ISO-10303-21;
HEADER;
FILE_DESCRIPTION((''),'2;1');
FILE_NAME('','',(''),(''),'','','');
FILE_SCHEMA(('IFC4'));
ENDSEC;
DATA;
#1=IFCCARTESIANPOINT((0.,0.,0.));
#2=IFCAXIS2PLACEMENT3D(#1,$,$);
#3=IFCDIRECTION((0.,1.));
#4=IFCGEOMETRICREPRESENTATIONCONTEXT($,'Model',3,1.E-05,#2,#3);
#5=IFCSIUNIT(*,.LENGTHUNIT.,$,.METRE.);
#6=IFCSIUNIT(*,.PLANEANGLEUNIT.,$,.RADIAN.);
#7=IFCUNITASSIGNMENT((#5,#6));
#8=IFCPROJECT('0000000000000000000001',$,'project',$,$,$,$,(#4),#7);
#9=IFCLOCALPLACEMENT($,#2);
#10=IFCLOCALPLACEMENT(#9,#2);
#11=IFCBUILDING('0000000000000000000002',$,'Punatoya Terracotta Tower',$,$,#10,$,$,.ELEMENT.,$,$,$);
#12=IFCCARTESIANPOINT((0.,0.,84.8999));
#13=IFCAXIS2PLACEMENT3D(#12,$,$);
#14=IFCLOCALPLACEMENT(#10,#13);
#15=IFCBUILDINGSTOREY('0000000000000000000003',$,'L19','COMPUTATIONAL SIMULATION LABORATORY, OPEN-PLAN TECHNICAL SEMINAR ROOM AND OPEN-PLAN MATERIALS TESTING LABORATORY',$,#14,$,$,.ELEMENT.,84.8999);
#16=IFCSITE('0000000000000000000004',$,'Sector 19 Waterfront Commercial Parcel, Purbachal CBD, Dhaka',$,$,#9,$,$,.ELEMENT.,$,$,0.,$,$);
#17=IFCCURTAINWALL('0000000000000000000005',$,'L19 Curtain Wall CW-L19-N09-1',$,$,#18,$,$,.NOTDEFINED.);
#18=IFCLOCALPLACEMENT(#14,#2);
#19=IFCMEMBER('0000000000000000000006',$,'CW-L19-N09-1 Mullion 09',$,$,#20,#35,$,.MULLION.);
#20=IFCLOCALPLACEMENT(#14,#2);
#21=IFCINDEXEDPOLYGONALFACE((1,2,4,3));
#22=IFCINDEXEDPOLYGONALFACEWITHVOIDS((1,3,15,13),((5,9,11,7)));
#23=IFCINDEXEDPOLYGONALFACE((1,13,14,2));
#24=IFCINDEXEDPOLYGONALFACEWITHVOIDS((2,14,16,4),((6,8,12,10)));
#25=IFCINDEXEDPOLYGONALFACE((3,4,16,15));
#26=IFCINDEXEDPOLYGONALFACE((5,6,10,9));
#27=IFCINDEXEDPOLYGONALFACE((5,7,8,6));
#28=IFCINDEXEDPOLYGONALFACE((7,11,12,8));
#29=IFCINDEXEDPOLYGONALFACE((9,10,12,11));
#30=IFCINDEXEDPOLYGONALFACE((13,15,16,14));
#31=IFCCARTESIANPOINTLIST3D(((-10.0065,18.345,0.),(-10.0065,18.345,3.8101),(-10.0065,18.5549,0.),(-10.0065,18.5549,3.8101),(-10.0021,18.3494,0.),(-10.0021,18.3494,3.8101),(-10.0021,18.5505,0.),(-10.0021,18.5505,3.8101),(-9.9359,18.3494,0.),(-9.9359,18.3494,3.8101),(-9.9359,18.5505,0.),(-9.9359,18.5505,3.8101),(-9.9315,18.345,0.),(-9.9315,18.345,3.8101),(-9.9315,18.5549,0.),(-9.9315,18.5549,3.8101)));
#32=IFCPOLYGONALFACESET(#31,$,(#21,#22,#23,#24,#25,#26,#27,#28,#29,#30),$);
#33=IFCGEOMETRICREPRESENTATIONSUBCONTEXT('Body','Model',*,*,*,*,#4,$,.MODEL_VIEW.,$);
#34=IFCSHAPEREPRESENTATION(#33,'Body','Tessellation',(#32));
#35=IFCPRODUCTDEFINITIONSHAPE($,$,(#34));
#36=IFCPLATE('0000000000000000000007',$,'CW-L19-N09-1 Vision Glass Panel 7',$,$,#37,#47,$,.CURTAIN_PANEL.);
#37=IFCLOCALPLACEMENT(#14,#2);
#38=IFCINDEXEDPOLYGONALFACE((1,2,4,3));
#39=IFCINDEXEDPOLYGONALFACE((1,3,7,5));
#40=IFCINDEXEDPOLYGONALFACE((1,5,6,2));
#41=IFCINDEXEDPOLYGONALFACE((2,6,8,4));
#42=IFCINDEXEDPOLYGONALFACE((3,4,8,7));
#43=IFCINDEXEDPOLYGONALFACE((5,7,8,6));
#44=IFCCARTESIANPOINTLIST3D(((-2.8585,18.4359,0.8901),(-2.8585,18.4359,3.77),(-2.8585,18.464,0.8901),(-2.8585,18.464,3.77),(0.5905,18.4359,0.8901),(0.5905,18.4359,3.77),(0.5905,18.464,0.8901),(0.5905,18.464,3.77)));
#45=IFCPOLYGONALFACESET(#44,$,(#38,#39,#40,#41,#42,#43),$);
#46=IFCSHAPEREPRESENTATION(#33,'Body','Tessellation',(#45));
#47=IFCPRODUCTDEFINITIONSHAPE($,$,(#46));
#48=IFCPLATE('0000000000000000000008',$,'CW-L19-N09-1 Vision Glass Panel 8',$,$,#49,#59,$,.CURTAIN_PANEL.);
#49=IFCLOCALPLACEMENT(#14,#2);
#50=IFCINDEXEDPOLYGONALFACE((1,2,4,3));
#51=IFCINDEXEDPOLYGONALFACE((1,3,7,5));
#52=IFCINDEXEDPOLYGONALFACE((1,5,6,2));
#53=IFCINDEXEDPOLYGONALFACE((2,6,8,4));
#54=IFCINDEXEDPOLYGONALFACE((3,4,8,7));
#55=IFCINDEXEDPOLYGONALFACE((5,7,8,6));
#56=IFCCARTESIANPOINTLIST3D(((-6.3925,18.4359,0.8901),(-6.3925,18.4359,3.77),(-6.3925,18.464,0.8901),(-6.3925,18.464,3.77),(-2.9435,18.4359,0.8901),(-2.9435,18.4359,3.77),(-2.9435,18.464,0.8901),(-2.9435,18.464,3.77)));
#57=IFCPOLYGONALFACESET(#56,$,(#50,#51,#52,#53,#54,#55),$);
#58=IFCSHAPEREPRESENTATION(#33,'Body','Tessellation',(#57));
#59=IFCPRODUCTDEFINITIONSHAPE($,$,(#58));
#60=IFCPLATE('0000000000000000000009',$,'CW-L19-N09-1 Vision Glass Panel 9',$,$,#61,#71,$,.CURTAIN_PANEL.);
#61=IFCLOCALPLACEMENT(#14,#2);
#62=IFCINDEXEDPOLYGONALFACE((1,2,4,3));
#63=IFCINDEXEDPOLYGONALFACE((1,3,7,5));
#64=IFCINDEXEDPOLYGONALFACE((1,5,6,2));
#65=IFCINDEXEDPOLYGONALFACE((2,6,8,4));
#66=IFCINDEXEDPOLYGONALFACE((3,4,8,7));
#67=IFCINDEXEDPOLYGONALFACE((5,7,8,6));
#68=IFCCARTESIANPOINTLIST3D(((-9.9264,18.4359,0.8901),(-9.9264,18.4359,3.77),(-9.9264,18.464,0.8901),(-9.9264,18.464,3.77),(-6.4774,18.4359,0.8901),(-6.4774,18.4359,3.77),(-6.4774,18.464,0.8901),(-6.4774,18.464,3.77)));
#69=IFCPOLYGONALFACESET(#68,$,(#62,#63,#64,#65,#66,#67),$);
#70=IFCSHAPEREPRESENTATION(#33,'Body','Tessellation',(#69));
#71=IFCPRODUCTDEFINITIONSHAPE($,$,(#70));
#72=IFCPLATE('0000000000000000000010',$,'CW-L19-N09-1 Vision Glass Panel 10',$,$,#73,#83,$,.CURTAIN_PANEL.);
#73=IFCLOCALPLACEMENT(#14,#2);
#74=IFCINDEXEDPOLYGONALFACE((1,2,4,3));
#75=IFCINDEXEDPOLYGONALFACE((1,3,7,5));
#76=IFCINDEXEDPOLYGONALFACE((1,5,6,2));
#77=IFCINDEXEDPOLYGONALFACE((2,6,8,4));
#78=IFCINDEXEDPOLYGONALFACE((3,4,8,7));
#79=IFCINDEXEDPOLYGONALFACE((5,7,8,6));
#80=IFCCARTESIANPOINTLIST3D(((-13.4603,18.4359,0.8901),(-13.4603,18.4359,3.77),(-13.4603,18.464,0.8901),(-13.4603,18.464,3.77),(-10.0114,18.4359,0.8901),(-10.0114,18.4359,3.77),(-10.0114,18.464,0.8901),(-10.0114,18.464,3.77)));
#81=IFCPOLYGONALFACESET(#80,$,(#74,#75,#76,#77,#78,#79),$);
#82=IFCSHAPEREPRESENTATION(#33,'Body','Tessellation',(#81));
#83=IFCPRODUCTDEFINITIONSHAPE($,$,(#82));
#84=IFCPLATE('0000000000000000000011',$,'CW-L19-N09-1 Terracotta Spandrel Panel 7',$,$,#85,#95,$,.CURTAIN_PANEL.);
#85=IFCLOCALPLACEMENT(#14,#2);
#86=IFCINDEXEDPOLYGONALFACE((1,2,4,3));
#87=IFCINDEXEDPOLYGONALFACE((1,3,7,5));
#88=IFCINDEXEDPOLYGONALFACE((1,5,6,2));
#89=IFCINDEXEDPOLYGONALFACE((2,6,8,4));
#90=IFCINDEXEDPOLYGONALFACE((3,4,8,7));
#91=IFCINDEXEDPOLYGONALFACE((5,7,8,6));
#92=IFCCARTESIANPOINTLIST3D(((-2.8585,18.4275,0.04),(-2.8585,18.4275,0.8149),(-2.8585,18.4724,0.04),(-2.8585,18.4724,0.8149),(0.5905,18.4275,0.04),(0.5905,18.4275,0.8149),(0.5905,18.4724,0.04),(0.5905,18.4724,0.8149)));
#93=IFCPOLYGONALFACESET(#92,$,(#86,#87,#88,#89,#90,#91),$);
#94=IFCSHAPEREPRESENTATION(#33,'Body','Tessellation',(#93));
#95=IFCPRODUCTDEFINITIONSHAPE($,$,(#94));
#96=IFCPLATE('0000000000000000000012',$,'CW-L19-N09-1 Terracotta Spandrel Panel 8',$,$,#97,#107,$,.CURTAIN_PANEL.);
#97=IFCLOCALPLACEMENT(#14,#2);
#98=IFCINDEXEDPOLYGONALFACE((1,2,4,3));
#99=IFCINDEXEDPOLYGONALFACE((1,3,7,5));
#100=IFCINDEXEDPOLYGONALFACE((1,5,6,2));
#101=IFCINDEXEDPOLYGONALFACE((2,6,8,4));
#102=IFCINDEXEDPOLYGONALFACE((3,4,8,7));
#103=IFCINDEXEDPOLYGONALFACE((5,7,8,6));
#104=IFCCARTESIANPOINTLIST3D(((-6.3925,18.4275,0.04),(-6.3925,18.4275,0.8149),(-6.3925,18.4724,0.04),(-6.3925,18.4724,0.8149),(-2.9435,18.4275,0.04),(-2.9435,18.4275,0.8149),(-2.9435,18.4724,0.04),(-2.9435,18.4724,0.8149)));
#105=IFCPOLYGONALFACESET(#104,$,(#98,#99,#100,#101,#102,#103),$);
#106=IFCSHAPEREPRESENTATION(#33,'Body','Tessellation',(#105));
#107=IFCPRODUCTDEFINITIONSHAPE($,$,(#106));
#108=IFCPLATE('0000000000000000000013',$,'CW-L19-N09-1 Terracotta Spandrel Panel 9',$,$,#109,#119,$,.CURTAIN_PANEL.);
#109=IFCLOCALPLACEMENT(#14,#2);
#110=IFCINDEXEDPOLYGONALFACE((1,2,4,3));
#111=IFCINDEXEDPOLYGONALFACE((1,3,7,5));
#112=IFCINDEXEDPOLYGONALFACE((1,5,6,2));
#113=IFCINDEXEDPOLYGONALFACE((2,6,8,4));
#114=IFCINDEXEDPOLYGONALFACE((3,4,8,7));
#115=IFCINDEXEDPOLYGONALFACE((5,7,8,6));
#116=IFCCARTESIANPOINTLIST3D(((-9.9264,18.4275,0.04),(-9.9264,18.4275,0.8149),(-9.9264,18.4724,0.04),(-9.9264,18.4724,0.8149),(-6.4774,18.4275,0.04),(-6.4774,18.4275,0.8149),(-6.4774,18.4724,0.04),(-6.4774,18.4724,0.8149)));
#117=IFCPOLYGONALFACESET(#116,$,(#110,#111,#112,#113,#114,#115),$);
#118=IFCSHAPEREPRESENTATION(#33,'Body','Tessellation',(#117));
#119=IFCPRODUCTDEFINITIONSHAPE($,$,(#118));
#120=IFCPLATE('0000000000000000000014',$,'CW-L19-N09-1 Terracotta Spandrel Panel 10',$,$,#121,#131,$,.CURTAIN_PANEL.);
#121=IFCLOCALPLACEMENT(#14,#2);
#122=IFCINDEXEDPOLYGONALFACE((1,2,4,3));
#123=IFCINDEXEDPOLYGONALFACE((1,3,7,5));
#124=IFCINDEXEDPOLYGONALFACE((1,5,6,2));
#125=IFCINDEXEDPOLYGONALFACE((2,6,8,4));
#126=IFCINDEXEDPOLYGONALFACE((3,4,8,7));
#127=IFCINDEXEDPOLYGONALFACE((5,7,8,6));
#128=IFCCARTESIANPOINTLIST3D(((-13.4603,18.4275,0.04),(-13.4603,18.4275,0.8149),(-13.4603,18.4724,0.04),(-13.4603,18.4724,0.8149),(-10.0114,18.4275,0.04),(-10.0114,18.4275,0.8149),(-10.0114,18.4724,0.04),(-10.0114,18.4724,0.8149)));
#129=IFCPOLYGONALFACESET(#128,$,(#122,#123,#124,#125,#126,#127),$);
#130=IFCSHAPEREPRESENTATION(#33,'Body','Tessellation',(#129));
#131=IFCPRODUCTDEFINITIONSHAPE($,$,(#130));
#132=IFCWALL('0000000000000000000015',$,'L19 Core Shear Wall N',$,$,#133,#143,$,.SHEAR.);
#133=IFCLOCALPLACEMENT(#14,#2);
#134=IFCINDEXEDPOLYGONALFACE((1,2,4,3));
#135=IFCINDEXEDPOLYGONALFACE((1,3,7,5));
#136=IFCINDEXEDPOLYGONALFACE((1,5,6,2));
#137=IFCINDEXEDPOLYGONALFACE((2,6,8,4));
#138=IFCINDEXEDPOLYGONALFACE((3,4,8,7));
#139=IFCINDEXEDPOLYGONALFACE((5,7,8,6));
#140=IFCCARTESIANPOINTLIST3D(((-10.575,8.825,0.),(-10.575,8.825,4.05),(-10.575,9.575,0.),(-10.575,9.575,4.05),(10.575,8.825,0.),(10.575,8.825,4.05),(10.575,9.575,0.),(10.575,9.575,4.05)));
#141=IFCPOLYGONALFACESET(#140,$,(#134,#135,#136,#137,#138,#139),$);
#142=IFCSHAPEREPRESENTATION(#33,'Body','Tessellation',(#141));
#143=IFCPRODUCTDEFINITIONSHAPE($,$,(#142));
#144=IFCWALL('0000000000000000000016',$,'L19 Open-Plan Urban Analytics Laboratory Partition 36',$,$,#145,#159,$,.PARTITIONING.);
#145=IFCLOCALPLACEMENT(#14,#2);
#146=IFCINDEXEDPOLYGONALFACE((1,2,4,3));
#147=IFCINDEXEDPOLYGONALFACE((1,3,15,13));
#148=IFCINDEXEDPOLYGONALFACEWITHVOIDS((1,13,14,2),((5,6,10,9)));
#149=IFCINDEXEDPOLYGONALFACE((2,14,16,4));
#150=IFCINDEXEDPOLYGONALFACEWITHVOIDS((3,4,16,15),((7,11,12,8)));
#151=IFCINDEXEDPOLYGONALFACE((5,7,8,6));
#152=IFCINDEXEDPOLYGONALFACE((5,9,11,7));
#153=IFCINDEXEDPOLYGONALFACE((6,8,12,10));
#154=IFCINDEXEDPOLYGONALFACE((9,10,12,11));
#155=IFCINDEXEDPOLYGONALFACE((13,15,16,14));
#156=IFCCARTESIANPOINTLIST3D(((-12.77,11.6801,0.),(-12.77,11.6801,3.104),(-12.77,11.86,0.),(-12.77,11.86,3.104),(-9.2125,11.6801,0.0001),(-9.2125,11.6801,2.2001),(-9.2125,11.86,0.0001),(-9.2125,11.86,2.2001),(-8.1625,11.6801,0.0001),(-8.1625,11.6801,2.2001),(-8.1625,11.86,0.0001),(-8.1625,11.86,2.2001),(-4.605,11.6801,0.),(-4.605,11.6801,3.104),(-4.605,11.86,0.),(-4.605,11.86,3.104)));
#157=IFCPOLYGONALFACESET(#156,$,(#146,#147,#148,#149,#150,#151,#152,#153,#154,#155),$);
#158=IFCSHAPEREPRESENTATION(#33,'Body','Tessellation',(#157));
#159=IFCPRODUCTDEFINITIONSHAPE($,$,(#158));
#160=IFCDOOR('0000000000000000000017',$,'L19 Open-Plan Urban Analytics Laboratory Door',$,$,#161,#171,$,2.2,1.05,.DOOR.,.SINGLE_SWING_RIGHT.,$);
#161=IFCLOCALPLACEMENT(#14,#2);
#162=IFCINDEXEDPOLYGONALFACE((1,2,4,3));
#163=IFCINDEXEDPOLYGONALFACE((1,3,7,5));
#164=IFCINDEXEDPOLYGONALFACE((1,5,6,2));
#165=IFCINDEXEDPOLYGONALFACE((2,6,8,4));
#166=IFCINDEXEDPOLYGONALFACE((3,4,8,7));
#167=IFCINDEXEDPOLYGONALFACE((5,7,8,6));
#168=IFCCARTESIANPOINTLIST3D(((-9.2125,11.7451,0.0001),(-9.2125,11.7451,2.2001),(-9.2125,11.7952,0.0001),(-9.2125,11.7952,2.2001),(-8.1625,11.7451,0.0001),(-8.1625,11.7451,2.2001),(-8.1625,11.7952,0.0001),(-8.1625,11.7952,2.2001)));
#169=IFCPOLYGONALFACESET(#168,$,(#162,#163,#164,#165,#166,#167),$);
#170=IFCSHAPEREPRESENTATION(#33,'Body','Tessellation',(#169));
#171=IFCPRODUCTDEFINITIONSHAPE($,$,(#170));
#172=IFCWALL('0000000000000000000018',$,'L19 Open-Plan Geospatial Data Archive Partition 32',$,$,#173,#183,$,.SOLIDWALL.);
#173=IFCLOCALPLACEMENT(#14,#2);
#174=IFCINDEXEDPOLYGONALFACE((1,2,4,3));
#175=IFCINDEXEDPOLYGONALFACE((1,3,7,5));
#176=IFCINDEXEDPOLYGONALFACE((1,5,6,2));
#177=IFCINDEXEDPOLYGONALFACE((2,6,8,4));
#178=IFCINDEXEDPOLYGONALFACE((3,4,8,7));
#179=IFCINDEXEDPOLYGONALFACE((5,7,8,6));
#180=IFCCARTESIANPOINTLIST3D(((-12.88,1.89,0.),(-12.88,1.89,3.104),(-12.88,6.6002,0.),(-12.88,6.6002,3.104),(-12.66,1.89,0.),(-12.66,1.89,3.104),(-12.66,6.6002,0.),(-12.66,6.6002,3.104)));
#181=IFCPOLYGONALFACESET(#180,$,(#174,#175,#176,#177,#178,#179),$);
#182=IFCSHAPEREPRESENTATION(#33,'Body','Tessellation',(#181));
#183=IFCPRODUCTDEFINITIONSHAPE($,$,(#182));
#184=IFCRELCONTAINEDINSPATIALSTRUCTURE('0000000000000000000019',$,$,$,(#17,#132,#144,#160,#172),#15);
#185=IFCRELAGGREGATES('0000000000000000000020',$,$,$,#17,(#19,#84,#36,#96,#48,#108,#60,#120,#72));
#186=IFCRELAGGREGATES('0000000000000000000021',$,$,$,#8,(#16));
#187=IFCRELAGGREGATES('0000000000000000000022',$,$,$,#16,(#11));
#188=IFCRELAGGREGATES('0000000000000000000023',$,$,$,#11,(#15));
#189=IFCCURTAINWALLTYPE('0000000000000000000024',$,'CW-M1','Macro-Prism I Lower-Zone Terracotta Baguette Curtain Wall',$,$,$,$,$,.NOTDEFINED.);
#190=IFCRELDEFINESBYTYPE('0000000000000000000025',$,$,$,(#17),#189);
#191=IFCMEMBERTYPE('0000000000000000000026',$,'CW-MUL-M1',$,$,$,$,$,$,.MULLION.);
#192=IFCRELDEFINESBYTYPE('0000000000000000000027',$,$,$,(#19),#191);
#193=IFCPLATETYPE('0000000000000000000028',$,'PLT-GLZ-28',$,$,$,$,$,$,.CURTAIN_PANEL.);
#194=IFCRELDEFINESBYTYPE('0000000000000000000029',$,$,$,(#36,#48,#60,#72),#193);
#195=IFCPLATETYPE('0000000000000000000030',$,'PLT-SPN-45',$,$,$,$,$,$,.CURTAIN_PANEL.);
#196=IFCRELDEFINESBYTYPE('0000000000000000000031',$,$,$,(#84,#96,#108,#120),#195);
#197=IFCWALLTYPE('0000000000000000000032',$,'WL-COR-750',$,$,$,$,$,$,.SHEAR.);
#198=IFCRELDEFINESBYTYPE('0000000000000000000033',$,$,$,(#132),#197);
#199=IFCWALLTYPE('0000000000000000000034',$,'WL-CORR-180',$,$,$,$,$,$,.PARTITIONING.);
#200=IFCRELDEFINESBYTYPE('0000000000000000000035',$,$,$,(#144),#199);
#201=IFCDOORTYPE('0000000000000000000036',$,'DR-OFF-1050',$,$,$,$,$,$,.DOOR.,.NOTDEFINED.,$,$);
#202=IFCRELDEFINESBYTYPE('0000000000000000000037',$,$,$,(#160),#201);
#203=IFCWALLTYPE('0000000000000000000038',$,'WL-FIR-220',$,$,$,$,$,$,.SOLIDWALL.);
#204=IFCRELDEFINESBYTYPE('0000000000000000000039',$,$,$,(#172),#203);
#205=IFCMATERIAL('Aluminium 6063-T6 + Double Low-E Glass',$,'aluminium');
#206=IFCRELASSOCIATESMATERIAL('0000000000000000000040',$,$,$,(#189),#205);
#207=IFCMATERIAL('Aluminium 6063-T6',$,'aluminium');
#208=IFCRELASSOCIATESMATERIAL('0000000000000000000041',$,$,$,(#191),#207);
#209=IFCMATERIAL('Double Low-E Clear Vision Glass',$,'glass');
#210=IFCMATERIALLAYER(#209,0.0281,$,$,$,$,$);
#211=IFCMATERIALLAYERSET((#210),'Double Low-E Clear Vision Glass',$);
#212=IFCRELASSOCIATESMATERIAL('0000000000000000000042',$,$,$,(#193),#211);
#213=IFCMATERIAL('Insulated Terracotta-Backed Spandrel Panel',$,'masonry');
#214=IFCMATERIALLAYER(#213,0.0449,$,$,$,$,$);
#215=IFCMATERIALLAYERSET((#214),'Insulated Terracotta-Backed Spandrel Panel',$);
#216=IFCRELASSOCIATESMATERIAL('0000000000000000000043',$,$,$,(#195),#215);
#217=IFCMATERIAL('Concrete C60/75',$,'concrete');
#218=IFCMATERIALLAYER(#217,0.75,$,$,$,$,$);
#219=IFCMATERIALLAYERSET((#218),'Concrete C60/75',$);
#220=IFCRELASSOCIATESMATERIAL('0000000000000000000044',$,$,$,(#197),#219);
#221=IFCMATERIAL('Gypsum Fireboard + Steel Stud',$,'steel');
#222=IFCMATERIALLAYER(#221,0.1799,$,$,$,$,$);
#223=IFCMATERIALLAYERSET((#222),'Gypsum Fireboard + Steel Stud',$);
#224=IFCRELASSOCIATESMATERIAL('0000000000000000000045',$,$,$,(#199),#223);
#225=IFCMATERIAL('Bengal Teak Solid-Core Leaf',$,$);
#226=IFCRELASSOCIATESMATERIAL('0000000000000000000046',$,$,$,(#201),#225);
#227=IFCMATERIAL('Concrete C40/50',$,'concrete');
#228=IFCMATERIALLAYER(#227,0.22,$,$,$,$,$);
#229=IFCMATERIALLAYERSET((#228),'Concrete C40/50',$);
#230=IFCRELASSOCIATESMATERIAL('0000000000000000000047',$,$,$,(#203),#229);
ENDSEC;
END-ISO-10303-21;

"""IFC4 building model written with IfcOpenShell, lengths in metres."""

from ifc_helpers import new_model, si_unit, direction, frame, frame_2d, origin, origin_2d, place, context, subcontext, project, spatial, rectangle, hollow_rectangle, extrude, material, layer, layer_set, material_profile, profile_set, type_object, element, fill, aggregate, save


model = new_model("IFC4")

# Units and contexts
model_context = context("Model", 3, precision=1e-05, world=origin(), true_north=direction((0.0, 1.0)))
body_context = subcontext(model_context, "Body", "Model", "MODEL_VIEW")
ifc_project = project(units=[si_unit("LENGTHUNIT", "METRE"), si_unit("PLANEANGLEUNIT", "RADIAN")], contexts=[model_context])

# Site, building, storey
site_placement = place(None, origin())
site = spatial("IfcSite", under=ifc_project, at=site_placement, Name="Sector 19 Waterfront Commercial Parcel, Purbachal CBD, Dhaka", CompositionType="ELEMENT", RefElevation=0.0)
building_placement = place(site_placement, origin())
building = spatial("IfcBuilding", under=site, at=building_placement, Name="Punatoya Terracotta Tower", CompositionType="ELEMENT")
storey_placement = place(building_placement, frame((0.0, 0.0, 84.8999)))
storey = spatial("IfcBuildingStorey", under=building, at=storey_placement, Name="L19", Description="COMPUTATIONAL SIMULATION LABORATORY, OPEN-PLAN TECHNICAL SEMINAR ROOM AND OPEN-PLAN MATERIALS TESTING LABORATORY", CompositionType="ELEMENT", Elevation=84.8999)

# Curtain wall, member, plates
ifc_material_1 = material(Name="Aluminium 6063-T6 + Double Low-E Glass", Category="aluminium")
curtain_wall_type = type_object("IfcCurtainWallType", Name="CW-M1", Description="Macro-Prism I Lower-Zone Terracotta Baguette Curtain Wall", PredefinedType="NOTDEFINED", material=ifc_material_1)
curtain_wall_placement = place(storey_placement, origin())
curtain_wall = element("IfcCurtainWall", 1, at=curtain_wall_placement, inside=storey, type_object=curtain_wall_type, Name="L19 Curtain Wall CW-L19-N09-1", PredefinedType="NOTDEFINED")
ifc_material_2 = material(Name="Aluminium 6063-T6", Category="aluminium")
ifc_material_profile_1 = material_profile(ifc_material_2, hollow_rectangle(XDim=0.075, YDim=0.21, WallThickness=0.0044, at=origin_2d()))
ifc_profile_set_1 = profile_set([ifc_material_profile_1], Name="Aluminium 6063-T6")
member_type = type_object("IfcMemberType", Name="CW-MUL-M1", PredefinedType="MULLION", material=ifc_profile_set_1)
member_1_placement = place(storey_placement, frame((-9.969, 18.45, 0.0), z_axis=(0.0, 0.0, 1.0), x_axis=(1.0, 0.0, 0.0)))
member_1 = element("IfcMember", 2, at=member_1_placement, type_object=member_type, Name="CW-L19-N09-1 Mullion 09", PredefinedType="MULLION", context=body_context, shape_type="SweptSolid", body=[
    extrude(hollow_rectangle(XDim=0.075, YDim=0.21, WallThickness=0.0044, at=origin_2d()), origin(), (0.0, 0.0, 1.0), 3.8101),
])
ifc_material_3 = material(Name="Double Low-E Clear Vision Glass", Category="glass")
ifc_layer_1 = layer(ifc_material_3, 0.0281)
ifc_layer_set_1 = layer_set([ifc_layer_1], Name="Double Low-E Clear Vision Glass")
plate_type_1 = type_object("IfcPlateType", Name="PLT-GLZ-28", PredefinedType="CURTAIN_PANEL", material=ifc_layer_set_1)
plate_1_placement = place(storey_placement, frame((-1.134, 18.45, 0.8901), z_axis=(0.0, 0.0, 1.0), x_axis=(-1.0, 0.0, 0.0)))
plate_1 = element("IfcPlate", 3, at=plate_1_placement, type_object=plate_type_1, Name="CW-L19-N09-1 Vision Glass Panel 7", PredefinedType="CURTAIN_PANEL", context=body_context, shape_type="SweptSolid", body=[
    extrude(rectangle(XDim=3.449, YDim=0.0281, at=origin_2d()), origin(), (0.0, 0.0, 1.0), 2.8799),
])
plate_2_placement = place(storey_placement, frame((-4.668, 18.45, 0.8901), z_axis=(0.0, 0.0, 1.0), x_axis=(-1.0, 0.0, 0.0)))
plate_2 = element("IfcPlate", 4, at=plate_2_placement, type_object=plate_type_1, Name="CW-L19-N09-1 Vision Glass Panel 8", PredefinedType="CURTAIN_PANEL", context=body_context, shape_type="SweptSolid", body=[
    extrude(rectangle(XDim=3.449, YDim=0.0281, at=origin_2d()), origin(), (0.0, 0.0, 1.0), 2.8799),
])
plate_3_placement = place(storey_placement, frame((-8.2019, 18.45, 0.8901), z_axis=(0.0, 0.0, 1.0), x_axis=(-1.0, 0.0, 0.0)))
plate_3 = element("IfcPlate", 5, at=plate_3_placement, type_object=plate_type_1, Name="CW-L19-N09-1 Vision Glass Panel 9", PredefinedType="CURTAIN_PANEL", context=body_context, shape_type="SweptSolid", body=[
    extrude(rectangle(XDim=3.449, YDim=0.0281, at=origin_2d()), origin(), (0.0, 0.0, 1.0), 2.8799),
])
plate_4_placement = place(storey_placement, frame((-11.7358, 18.45, 0.8901), z_axis=(0.0, 0.0, 1.0), x_axis=(-1.0, 0.0, 0.0)))
plate_4 = element("IfcPlate", 6, at=plate_4_placement, type_object=plate_type_1, Name="CW-L19-N09-1 Vision Glass Panel 10", PredefinedType="CURTAIN_PANEL", context=body_context, shape_type="SweptSolid", body=[
    extrude(rectangle(XDim=3.449, YDim=0.0281, at=origin_2d()), origin(), (0.0, 0.0, 1.0), 2.8799),
])
ifc_material_4 = material(Name="Insulated Terracotta-Backed Spandrel Panel", Category="masonry")
ifc_layer_2 = layer(ifc_material_4, 0.0449)
ifc_layer_set_2 = layer_set([ifc_layer_2], Name="Insulated Terracotta-Backed Spandrel Panel")
plate_type_2 = type_object("IfcPlateType", Name="PLT-SPN-45", PredefinedType="CURTAIN_PANEL", material=ifc_layer_set_2)
plate_5_placement = place(storey_placement, frame((-1.134, 18.45, 0.04), z_axis=(0.0, 0.0, 1.0), x_axis=(-1.0, 0.0, 0.0)))
plate_5 = element("IfcPlate", 7, at=plate_5_placement, type_object=plate_type_2, Name="CW-L19-N09-1 Terracotta Spandrel Panel 7", PredefinedType="CURTAIN_PANEL", context=body_context, shape_type="SweptSolid", body=[
    extrude(rectangle(XDim=3.449, YDim=0.0449, at=origin_2d()), origin(), (0.0, 0.0, 1.0), 0.7749),
])
plate_6_placement = place(storey_placement, frame((-4.668, 18.45, 0.04), z_axis=(0.0, 0.0, 1.0), x_axis=(-1.0, 0.0, 0.0)))
plate_6 = element("IfcPlate", 8, at=plate_6_placement, type_object=plate_type_2, Name="CW-L19-N09-1 Terracotta Spandrel Panel 8", PredefinedType="CURTAIN_PANEL", context=body_context, shape_type="SweptSolid", body=[
    extrude(rectangle(XDim=3.449, YDim=0.0449, at=origin_2d()), origin(), (0.0, 0.0, 1.0), 0.7749),
])
plate_7_placement = place(storey_placement, frame((-8.2019, 18.45, 0.04), z_axis=(0.0, 0.0, 1.0), x_axis=(-1.0, 0.0, 0.0)))
plate_7 = element("IfcPlate", 9, at=plate_7_placement, type_object=plate_type_2, Name="CW-L19-N09-1 Terracotta Spandrel Panel 9", PredefinedType="CURTAIN_PANEL", context=body_context, shape_type="SweptSolid", body=[
    extrude(rectangle(XDim=3.449, YDim=0.0449, at=origin_2d()), origin(), (0.0, 0.0, 1.0), 0.7749),
])
plate_8_placement = place(storey_placement, frame((-11.7358, 18.45, 0.04), z_axis=(0.0, 0.0, 1.0), x_axis=(-1.0, 0.0, 0.0)))
plate_8 = element("IfcPlate", 10, at=plate_8_placement, type_object=plate_type_2, Name="CW-L19-N09-1 Terracotta Spandrel Panel 10", PredefinedType="CURTAIN_PANEL", context=body_context, shape_type="SweptSolid", body=[
    extrude(rectangle(XDim=3.449, YDim=0.0449, at=origin_2d()), origin(), (0.0, 0.0, 1.0), 0.7749),
])
aggregate(curtain_wall, [member_1, plate_5, plate_1, plate_6, plate_2, plate_7, plate_3, plate_8, plate_4])

# Wall
ifc_material_5 = material(Name="Concrete C60/75", Category="concrete")
ifc_layer_3 = layer(ifc_material_5, 0.75)
ifc_layer_set_3 = layer_set([ifc_layer_3], Name="Concrete C60/75")
wall_type_1 = type_object("IfcWallType", Name="WL-COR-750", PredefinedType="SHEAR", material=ifc_layer_set_3)
wall_1_placement = place(storey_placement, frame((-10.575, 9.2, 0.0), z_axis=(0.0, 0.0, 1.0), x_axis=(1.0, 0.0, 0.0)))
element("IfcWall", 11, at=wall_1_placement, inside=storey, type_object=wall_type_1, Name="L19 Core Shear Wall N", PredefinedType="SHEAR", context=body_context, shape_type="SweptSolid", body=[
    extrude(rectangle(XDim=21.1499, YDim=0.75, at=frame_2d((10.575, 0.0))), origin(), (0.0, 0.0, 1.0), 4.05),
])

# Wall, opening, door
ifc_material_6 = material(Name="Gypsum Fireboard + Steel Stud", Category="steel")
ifc_layer_4 = layer(ifc_material_6, 0.1799)
ifc_layer_set_4 = layer_set([ifc_layer_4], Name="Gypsum Fireboard + Steel Stud")
wall_type_2 = type_object("IfcWallType", Name="WL-CORR-180", PredefinedType="PARTITIONING", material=ifc_layer_set_4)
wall_2_placement = place(storey_placement, frame((-4.605, 11.77, 0.0), z_axis=(0.0, 0.0, 1.0), x_axis=(-1.0, 0.0, 0.0)))
wall_2 = element("IfcWall", 12, at=wall_2_placement, inside=storey, type_object=wall_type_2, Name="L19 Open-Plan Urban Analytics Laboratory Partition 36", PredefinedType="PARTITIONING", context=body_context, shape_type="SweptSolid", body=[
    extrude(rectangle(XDim=8.165, YDim=0.1799, at=frame_2d((4.0825, 0.0))), origin(), (0.0, 0.0, 1.0), 3.104),
])
opening_placement = place(wall_2_placement, frame((3.5576, 0.0, 0.0)))
opening = element("IfcOpeningElement", 13, at=opening_placement, cuts=wall_2, PredefinedType="OPENING", context=body_context, shape_type="SweptSolid", body=[
    extrude(rectangle(XDim=1.05, YDim=2.2, at=frame_2d((0.5249, 1.1001))), frame((0.0, 0.0999, 0.0), z_axis=(0.0, -1.0, 0.0), x_axis=(1.0, 0.0, 0.0)), (0.0, 0.0, 1.0), 0.2),
])
ifc_material_7 = material(Name="Bengal Teak Solid-Core Leaf")
door_type = type_object("IfcDoorType", Name="DR-OFF-1050", OperationType="NOTDEFINED", PredefinedType="DOOR", material=ifc_material_7)
door_placement = place(opening_placement, origin())
door = element("IfcDoor", 14, at=door_placement, inside=storey, type_object=door_type, Name="L19 Open-Plan Urban Analytics Laboratory Door", OperationType="SINGLE_SWING_RIGHT", OverallHeight=2.2, OverallWidth=1.05, PredefinedType="DOOR", context=body_context, shape_type="SweptSolid", body=[
    extrude(rectangle(XDim=1.05, YDim=2.2, at=frame_2d((0.5249, 1.1001))), frame((0.0, 0.0249, 0.0), z_axis=(0.0, -1.0, 0.0), x_axis=(1.0, 0.0, 0.0)), (0.0, 0.0, 1.0), 0.05),
])
fill(opening, door)

# Wall
ifc_material_8 = material(Name="Concrete C40/50", Category="concrete")
ifc_layer_5 = layer(ifc_material_8, 0.22)
ifc_layer_set_5 = layer_set([ifc_layer_5], Name="Concrete C40/50")
wall_type_3 = type_object("IfcWallType", Name="WL-FIR-220", PredefinedType="SOLIDWALL", material=ifc_layer_set_5)
wall_3_placement = place(storey_placement, frame((-12.77, 6.6001, 0.0), z_axis=(0.0, 0.0, 1.0), x_axis=(0.0, -1.0, 0.0)))
element("IfcWall", 15, at=wall_3_placement, inside=storey, type_object=wall_type_3, Name="L19 Open-Plan Geospatial Data Archive Partition 32", PredefinedType="SOLIDWALL", context=body_context, shape_type="SweptSolid", body=[
    extrude(rectangle(XDim=4.7102, YDim=0.22, at=frame_2d((2.355, 0.0))), origin(), (0.0, 0.0, 1.0), 3.104),
])

save(model, "model.ifc")
